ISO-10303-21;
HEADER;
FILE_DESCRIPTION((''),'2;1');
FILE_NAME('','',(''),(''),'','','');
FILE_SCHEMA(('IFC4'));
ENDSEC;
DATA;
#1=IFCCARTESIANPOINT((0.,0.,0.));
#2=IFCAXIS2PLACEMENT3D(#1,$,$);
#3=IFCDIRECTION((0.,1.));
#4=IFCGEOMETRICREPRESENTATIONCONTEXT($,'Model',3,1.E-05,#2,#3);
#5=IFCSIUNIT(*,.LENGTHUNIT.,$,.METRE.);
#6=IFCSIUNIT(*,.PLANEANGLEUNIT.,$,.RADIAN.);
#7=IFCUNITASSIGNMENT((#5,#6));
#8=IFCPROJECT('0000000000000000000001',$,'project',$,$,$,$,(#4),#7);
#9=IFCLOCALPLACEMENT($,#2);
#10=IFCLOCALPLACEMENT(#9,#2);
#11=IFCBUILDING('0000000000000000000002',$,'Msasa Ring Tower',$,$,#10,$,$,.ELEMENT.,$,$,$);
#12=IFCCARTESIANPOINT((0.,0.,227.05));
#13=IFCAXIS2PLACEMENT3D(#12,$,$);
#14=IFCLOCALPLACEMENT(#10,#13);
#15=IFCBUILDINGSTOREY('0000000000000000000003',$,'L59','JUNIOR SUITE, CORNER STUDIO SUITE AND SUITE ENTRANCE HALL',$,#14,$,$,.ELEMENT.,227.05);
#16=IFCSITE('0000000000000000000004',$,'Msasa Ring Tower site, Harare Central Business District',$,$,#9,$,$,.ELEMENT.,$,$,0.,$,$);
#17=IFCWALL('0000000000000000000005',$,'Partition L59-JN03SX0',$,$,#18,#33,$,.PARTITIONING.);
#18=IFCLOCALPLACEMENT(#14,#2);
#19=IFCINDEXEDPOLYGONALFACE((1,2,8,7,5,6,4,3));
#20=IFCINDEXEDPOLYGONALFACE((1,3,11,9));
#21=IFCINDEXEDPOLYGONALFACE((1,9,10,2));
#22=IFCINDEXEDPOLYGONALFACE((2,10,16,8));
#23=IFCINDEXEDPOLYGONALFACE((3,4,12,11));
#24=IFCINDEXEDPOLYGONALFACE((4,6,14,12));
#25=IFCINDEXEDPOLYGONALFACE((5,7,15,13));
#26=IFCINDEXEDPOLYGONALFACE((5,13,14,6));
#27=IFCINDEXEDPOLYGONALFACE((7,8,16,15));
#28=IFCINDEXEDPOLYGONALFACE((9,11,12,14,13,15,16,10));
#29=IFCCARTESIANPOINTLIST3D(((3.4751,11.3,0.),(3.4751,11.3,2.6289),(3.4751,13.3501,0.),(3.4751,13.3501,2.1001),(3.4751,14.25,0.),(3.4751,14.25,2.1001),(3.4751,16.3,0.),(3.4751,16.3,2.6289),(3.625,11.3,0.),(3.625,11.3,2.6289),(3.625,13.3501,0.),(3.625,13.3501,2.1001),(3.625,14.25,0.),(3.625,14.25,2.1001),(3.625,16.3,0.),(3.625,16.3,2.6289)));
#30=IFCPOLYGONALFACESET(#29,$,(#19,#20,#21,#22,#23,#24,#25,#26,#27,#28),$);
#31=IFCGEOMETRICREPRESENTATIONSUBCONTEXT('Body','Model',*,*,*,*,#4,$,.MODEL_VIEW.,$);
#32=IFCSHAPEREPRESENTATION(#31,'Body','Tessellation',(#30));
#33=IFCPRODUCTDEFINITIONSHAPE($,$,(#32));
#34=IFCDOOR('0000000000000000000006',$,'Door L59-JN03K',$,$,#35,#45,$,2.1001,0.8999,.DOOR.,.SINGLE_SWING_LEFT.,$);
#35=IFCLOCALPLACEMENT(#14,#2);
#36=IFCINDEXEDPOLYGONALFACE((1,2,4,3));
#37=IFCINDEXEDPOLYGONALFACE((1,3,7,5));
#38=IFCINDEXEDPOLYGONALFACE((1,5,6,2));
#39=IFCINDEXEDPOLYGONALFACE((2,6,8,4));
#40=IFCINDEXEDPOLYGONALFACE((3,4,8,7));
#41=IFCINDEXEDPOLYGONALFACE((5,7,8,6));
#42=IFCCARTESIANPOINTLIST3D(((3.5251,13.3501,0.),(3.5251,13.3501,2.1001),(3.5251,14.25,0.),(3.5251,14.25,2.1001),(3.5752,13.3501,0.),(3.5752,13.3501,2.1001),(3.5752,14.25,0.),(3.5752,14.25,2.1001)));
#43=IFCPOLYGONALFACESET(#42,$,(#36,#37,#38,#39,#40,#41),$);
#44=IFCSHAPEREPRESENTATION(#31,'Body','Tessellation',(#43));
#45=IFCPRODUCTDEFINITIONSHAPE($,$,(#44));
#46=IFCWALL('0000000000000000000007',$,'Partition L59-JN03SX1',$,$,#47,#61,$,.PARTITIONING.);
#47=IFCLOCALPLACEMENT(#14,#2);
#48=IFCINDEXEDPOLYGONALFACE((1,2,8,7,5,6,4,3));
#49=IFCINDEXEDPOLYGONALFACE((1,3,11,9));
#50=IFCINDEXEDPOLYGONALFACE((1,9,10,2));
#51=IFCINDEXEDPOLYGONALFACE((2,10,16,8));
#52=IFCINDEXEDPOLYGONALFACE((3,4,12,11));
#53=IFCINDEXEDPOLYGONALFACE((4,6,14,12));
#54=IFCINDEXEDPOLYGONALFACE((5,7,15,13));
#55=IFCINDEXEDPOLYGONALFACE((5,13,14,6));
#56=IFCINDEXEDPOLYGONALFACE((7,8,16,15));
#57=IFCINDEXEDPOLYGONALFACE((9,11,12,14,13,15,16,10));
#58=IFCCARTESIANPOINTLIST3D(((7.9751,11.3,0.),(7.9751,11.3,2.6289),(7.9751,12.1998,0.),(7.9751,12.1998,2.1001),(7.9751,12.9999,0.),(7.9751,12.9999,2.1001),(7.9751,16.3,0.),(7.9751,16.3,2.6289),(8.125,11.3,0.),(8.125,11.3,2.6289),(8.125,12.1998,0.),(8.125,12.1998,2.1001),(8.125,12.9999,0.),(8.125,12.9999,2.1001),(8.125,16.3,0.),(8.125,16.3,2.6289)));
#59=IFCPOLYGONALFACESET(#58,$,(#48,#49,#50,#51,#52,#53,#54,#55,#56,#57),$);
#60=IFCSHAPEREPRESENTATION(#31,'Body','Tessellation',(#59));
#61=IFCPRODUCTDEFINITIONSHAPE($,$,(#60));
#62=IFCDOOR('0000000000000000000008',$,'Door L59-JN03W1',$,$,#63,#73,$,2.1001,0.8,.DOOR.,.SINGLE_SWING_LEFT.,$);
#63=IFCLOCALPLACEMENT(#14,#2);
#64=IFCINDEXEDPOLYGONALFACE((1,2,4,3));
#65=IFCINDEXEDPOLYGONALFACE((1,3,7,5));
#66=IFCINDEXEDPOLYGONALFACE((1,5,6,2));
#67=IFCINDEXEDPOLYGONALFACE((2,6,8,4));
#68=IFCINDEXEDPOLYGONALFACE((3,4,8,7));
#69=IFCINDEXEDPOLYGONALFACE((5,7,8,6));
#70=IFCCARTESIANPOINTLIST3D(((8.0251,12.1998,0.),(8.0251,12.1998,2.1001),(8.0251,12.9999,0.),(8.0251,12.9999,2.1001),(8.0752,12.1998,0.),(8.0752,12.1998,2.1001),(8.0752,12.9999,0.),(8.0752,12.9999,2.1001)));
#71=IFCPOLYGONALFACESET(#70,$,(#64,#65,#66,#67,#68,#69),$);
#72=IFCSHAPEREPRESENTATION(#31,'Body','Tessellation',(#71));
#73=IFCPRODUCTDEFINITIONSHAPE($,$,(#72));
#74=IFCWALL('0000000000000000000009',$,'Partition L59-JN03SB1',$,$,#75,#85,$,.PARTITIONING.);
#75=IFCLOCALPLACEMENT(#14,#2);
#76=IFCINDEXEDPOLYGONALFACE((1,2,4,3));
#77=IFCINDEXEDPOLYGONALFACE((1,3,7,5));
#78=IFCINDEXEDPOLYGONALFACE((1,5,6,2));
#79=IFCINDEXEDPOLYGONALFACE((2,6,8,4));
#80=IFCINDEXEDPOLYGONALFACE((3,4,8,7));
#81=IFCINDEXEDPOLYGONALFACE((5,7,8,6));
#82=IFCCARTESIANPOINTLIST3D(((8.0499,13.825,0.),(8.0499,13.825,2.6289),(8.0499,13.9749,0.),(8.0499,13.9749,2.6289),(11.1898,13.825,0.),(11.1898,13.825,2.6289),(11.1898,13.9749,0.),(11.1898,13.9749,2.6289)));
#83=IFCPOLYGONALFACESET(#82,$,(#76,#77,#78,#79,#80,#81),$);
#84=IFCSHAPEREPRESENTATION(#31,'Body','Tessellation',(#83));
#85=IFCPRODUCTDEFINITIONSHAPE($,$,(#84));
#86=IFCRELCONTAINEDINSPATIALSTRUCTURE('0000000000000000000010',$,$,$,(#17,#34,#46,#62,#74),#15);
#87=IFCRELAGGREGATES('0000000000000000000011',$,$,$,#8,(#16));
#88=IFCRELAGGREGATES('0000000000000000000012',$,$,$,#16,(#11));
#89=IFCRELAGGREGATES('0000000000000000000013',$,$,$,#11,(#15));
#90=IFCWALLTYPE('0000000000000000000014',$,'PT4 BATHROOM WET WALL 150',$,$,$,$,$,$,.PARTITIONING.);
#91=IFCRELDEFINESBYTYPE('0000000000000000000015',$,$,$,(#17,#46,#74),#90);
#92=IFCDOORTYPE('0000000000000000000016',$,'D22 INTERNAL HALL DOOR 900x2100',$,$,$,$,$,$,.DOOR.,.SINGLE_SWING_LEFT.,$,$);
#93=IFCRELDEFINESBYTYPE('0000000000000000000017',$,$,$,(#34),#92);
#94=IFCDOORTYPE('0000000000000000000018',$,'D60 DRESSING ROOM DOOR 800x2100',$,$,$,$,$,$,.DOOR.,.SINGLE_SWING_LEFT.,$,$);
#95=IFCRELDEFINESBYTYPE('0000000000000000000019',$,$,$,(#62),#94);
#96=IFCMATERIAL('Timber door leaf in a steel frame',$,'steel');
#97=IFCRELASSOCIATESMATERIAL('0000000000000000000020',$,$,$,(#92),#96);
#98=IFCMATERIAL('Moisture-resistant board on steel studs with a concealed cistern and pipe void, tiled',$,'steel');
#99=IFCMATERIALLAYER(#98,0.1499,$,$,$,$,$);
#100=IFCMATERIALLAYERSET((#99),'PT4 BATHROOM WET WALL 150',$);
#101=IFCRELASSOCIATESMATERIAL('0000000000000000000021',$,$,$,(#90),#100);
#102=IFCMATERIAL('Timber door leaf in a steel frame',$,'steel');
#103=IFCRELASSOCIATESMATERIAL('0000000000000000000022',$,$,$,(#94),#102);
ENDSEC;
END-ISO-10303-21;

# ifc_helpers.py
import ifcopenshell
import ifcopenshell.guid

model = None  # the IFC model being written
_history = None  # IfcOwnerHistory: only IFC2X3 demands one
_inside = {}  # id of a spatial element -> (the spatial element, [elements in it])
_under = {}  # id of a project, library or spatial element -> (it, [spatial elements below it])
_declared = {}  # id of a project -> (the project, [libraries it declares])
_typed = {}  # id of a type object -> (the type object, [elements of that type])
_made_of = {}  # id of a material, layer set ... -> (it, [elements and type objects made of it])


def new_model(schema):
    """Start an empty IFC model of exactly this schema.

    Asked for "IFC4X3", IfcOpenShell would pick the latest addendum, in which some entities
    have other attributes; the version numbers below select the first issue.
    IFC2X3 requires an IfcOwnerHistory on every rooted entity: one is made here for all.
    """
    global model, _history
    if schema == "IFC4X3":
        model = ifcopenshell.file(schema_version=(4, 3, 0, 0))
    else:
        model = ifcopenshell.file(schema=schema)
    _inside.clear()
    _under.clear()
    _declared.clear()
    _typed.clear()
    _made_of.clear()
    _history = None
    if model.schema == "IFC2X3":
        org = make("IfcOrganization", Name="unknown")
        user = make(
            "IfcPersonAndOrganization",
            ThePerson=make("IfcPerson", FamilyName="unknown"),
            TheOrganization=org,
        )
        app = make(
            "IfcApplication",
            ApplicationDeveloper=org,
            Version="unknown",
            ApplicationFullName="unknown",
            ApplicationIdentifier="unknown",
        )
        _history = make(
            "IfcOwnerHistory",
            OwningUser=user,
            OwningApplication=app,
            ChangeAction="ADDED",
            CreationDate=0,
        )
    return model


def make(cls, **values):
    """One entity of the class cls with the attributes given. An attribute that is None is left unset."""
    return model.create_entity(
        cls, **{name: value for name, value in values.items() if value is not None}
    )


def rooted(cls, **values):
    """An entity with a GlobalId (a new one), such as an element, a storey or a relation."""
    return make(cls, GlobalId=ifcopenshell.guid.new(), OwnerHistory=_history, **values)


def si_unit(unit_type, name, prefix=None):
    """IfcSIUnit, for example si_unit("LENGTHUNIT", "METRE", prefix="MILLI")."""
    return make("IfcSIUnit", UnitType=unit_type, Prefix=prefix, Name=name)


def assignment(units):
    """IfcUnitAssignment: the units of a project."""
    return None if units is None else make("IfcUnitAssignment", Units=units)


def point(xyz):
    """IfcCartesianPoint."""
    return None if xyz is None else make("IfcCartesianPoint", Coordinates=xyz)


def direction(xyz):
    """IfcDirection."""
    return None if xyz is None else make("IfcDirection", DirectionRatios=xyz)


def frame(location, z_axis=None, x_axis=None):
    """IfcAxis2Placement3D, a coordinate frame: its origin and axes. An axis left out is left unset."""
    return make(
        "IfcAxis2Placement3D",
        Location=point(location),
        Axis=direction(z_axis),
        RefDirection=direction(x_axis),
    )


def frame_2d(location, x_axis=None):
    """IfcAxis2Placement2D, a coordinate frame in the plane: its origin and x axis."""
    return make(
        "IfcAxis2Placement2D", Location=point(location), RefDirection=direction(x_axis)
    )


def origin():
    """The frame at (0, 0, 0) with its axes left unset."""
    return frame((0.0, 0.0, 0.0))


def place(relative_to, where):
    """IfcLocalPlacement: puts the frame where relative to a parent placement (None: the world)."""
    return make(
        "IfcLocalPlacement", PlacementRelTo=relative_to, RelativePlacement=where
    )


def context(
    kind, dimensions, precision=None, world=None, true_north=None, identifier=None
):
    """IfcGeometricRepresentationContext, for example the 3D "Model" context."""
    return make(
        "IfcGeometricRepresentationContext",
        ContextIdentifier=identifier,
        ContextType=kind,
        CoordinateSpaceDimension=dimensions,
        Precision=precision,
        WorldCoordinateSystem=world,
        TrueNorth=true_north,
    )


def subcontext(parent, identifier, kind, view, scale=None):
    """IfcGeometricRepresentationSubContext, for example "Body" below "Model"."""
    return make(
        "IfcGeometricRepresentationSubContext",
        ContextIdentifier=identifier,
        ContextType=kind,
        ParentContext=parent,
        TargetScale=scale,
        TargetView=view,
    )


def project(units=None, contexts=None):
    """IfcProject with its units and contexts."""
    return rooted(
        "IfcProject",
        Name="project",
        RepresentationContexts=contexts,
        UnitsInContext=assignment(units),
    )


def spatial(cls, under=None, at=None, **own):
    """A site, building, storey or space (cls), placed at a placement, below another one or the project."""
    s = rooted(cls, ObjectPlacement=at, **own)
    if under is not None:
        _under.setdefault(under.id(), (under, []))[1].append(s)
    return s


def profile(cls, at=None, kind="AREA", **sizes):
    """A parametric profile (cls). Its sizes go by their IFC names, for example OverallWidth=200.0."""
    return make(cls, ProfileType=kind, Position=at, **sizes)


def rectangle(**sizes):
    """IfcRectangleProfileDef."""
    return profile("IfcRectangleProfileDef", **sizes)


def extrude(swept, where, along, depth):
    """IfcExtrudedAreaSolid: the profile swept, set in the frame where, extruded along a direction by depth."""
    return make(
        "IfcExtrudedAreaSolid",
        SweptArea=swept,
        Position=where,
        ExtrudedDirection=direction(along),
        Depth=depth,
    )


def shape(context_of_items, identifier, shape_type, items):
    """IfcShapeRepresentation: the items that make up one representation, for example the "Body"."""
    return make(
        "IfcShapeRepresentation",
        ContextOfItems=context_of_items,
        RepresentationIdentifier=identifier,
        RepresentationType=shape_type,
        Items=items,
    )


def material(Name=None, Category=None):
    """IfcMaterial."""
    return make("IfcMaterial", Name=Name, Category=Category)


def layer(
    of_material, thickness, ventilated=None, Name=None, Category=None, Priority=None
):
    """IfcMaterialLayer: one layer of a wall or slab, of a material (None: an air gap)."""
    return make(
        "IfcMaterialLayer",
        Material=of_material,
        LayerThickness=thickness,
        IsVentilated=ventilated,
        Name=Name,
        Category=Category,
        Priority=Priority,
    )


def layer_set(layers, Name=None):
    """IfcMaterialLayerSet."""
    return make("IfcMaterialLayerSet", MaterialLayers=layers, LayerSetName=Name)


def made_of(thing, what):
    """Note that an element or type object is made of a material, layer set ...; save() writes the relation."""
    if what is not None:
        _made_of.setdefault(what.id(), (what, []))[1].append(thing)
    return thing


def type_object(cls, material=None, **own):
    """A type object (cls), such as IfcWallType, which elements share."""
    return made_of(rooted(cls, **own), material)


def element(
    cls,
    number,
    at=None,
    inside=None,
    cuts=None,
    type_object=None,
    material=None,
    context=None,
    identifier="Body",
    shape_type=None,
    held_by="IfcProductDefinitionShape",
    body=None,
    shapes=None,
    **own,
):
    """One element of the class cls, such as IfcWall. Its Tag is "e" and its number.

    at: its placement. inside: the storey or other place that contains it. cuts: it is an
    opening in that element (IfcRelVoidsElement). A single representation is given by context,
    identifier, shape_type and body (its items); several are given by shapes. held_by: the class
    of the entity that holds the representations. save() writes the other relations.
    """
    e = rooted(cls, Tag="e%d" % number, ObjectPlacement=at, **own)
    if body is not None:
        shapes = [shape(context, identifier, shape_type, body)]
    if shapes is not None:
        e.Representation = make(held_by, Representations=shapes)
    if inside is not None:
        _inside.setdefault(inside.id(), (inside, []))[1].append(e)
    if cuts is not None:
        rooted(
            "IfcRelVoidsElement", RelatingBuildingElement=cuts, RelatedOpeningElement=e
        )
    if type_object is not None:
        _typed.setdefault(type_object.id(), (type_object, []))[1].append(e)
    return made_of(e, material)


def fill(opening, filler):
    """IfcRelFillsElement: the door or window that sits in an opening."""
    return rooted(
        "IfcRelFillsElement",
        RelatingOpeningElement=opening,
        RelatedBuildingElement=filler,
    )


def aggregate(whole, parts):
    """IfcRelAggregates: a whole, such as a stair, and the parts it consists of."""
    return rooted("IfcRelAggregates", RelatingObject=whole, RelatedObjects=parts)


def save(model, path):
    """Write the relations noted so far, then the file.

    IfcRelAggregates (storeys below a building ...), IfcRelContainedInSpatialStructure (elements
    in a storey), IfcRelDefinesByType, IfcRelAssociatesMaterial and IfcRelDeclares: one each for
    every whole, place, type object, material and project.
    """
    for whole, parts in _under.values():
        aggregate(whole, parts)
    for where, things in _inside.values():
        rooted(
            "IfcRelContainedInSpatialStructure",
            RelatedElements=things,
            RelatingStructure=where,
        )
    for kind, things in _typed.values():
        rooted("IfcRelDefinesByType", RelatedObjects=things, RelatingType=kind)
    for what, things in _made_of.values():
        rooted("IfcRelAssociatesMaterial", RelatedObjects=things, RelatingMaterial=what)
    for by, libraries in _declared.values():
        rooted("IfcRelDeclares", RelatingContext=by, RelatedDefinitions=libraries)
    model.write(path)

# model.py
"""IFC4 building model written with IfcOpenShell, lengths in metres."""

from ifc_helpers import new_model, si_unit, direction, frame, frame_2d, origin, place, context, subcontext, project, spatial, rectangle, extrude, material, layer, layer_set, type_object, element, fill, save


model = new_model("IFC4")

# Units and contexts
model_context = context("Model", 3, precision=1e-05, world=origin(), true_north=direction((0.0, 1.0)))
body_context = subcontext(model_context, "Body", "Model", "MODEL_VIEW")
ifc_project = project(units=[si_unit("LENGTHUNIT", "METRE"), si_unit("PLANEANGLEUNIT", "RADIAN")], contexts=[model_context])

# Site, building, storey
site_placement = place(None, origin())
site = spatial("IfcSite", under=ifc_project, at=site_placement, Name="Msasa Ring Tower site, Harare Central Business District", CompositionType="ELEMENT", RefElevation=0.0)
building_placement = place(site_placement, origin())
building = spatial("IfcBuilding", under=site, at=building_placement, Name="Msasa Ring Tower", CompositionType="ELEMENT")
storey_placement = place(building_placement, frame((0.0, 0.0, 227.05)))
storey = spatial("IfcBuildingStorey", under=building, at=storey_placement, Name="L59", Description="JUNIOR SUITE, CORNER STUDIO SUITE AND SUITE ENTRANCE HALL", CompositionType="ELEMENT", Elevation=227.05)

# Shared definitions
ifc_material_1 = material(Name="Timber door leaf in a steel frame", Category="steel")
door_type_1 = type_object("IfcDoorType", Name="D22 INTERNAL HALL DOOR 900x2100", OperationType="SINGLE_SWING_LEFT", PredefinedType="DOOR", material=ifc_material_1)

# Walls, openings, doors
ifc_material_2 = material(Name="Moisture-resistant board on steel studs with a concealed cistern and pipe void, tiled", Category="steel")
ifc_layer_1 = layer(ifc_material_2, 0.1499)
ifc_layer_set_1 = layer_set([ifc_layer_1], Name="PT4 BATHROOM WET WALL 150")
wall_type_1 = type_object("IfcWallType", Name="PT4 BATHROOM WET WALL 150", PredefinedType="PARTITIONING", material=ifc_layer_set_1)
wall_1_placement = place(storey_placement, frame((3.55, 11.3, 0.0), z_axis=(0.0, 0.0, 1.0), x_axis=(0.0, 1.0, 0.0)))
wall_1 = element("IfcWall", 1, at=wall_1_placement, inside=storey, type_object=wall_type_1, Name="Partition L59-JN03SX0", PredefinedType="PARTITIONING", context=body_context, shape_type="SweptSolid", body=[
    extrude(rectangle(XDim=5.0, YDim=0.1499, at=frame_2d((2.5, 0.0))), origin(), (0.0, 0.0, 1.0), 2.6289),
])
opening_1_placement = place(wall_1_placement, frame((2.05, 0.0, 0.0)))
opening_1 = element("IfcOpeningElement", 2, at=opening_1_placement, cuts=wall_1, PredefinedType="OPENING", context=body_context, shape_type="SweptSolid", body=[
    extrude(rectangle(XDim=0.8999, YDim=2.1001, at=frame_2d((0.45, 1.05))), frame((0.0, 0.085, 0.0), z_axis=(0.0, -1.0, 0.0), x_axis=(1.0, 0.0, 0.0)), (0.0, 0.0, 1.0), 0.1699),
])
door_1_placement = place(opening_1_placement, origin())
door_1 = element("IfcDoor", 3, at=door_1_placement, inside=storey, type_object=door_type_1, Name="Door L59-JN03K", OperationType="SINGLE_SWING_LEFT", OverallHeight=2.1001, OverallWidth=0.8999, PredefinedType="DOOR", context=body_context, shape_type="SweptSolid", body=[
    extrude(rectangle(XDim=0.8999, YDim=2.1001, at=frame_2d((0.45, 1.05))), frame((0.0, 0.0249, 0.0), z_axis=(0.0, -1.0, 0.0), x_axis=(1.0, 0.0, 0.0)), (0.0, 0.0, 1.0), 0.05),
])
fill(opening_1, door_1)
wall_2_placement = place(storey_placement, frame((8.05, 11.3, 0.0), z_axis=(0.0, 0.0, 1.0), x_axis=(0.0, 1.0, 0.0)))
wall_2 = element("IfcWall", 4, at=wall_2_placement, inside=storey, type_object=wall_type_1, Name="Partition L59-JN03SX1", PredefinedType="PARTITIONING", context=body_context, shape_type="SweptSolid", body=[
    extrude(rectangle(XDim=5.0, YDim=0.1499, at=frame_2d((2.5, 0.0))), origin(), (0.0, 0.0, 1.0), 2.6289),
])
opening_2_placement = place(wall_2_placement, frame((0.8999, 0.0, 0.0)))
opening_2 = element("IfcOpeningElement", 5, at=opening_2_placement, cuts=wall_2, PredefinedType="OPENING", context=body_context, shape_type="SweptSolid", body=[
    extrude(rectangle(XDim=0.8, YDim=2.1001, at=frame_2d((0.3999, 1.05))), frame((0.0, 0.085, 0.0), z_axis=(0.0, -1.0, 0.0), x_axis=(1.0, 0.0, 0.0)), (0.0, 0.0, 1.0), 0.1699),
])
ifc_material_3 = material(Name="Timber door leaf in a steel frame", Category="steel")
door_type_2 = type_object("IfcDoorType", Name="D60 DRESSING ROOM DOOR 800x2100", OperationType="SINGLE_SWING_LEFT", PredefinedType="DOOR", material=ifc_material_3)
door_2_placement = place(opening_2_placement, origin())
door_2 = element("IfcDoor", 6, at=door_2_placement, inside=storey, type_object=door_type_2, Name="Door L59-JN03W1", OperationType="SINGLE_SWING_LEFT", OverallHeight=2.1001, OverallWidth=0.8, PredefinedType="DOOR", context=body_context, shape_type="SweptSolid", body=[
    extrude(rectangle(XDim=0.8, YDim=2.1001, at=frame_2d((0.3999, 1.05))), frame((0.0, 0.0249, 0.0), z_axis=(0.0, -1.0, 0.0), x_axis=(1.0, 0.0, 0.0)), (0.0, 0.0, 1.0), 0.05),
])
fill(opening_2, door_2)

# Wall
wall_3_placement = place(storey_placement, frame((8.05, 13.8999, 0.0), z_axis=(0.0, 0.0, 1.0), x_axis=(1.0, 0.0, 0.0)))
element("IfcWall", 7, at=wall_3_placement, inside=storey, type_object=wall_type_1, Name="Partition L59-JN03SB1", PredefinedType="PARTITIONING", context=body_context, shape_type="SweptSolid", body=[
    extrude(rectangle(XDim=3.1399, YDim=0.1499, at=frame_2d((1.5698, 0.0))), origin(), (0.0, 0.0, 1.0), 2.6289),
])

save(model, "model.ifc")
